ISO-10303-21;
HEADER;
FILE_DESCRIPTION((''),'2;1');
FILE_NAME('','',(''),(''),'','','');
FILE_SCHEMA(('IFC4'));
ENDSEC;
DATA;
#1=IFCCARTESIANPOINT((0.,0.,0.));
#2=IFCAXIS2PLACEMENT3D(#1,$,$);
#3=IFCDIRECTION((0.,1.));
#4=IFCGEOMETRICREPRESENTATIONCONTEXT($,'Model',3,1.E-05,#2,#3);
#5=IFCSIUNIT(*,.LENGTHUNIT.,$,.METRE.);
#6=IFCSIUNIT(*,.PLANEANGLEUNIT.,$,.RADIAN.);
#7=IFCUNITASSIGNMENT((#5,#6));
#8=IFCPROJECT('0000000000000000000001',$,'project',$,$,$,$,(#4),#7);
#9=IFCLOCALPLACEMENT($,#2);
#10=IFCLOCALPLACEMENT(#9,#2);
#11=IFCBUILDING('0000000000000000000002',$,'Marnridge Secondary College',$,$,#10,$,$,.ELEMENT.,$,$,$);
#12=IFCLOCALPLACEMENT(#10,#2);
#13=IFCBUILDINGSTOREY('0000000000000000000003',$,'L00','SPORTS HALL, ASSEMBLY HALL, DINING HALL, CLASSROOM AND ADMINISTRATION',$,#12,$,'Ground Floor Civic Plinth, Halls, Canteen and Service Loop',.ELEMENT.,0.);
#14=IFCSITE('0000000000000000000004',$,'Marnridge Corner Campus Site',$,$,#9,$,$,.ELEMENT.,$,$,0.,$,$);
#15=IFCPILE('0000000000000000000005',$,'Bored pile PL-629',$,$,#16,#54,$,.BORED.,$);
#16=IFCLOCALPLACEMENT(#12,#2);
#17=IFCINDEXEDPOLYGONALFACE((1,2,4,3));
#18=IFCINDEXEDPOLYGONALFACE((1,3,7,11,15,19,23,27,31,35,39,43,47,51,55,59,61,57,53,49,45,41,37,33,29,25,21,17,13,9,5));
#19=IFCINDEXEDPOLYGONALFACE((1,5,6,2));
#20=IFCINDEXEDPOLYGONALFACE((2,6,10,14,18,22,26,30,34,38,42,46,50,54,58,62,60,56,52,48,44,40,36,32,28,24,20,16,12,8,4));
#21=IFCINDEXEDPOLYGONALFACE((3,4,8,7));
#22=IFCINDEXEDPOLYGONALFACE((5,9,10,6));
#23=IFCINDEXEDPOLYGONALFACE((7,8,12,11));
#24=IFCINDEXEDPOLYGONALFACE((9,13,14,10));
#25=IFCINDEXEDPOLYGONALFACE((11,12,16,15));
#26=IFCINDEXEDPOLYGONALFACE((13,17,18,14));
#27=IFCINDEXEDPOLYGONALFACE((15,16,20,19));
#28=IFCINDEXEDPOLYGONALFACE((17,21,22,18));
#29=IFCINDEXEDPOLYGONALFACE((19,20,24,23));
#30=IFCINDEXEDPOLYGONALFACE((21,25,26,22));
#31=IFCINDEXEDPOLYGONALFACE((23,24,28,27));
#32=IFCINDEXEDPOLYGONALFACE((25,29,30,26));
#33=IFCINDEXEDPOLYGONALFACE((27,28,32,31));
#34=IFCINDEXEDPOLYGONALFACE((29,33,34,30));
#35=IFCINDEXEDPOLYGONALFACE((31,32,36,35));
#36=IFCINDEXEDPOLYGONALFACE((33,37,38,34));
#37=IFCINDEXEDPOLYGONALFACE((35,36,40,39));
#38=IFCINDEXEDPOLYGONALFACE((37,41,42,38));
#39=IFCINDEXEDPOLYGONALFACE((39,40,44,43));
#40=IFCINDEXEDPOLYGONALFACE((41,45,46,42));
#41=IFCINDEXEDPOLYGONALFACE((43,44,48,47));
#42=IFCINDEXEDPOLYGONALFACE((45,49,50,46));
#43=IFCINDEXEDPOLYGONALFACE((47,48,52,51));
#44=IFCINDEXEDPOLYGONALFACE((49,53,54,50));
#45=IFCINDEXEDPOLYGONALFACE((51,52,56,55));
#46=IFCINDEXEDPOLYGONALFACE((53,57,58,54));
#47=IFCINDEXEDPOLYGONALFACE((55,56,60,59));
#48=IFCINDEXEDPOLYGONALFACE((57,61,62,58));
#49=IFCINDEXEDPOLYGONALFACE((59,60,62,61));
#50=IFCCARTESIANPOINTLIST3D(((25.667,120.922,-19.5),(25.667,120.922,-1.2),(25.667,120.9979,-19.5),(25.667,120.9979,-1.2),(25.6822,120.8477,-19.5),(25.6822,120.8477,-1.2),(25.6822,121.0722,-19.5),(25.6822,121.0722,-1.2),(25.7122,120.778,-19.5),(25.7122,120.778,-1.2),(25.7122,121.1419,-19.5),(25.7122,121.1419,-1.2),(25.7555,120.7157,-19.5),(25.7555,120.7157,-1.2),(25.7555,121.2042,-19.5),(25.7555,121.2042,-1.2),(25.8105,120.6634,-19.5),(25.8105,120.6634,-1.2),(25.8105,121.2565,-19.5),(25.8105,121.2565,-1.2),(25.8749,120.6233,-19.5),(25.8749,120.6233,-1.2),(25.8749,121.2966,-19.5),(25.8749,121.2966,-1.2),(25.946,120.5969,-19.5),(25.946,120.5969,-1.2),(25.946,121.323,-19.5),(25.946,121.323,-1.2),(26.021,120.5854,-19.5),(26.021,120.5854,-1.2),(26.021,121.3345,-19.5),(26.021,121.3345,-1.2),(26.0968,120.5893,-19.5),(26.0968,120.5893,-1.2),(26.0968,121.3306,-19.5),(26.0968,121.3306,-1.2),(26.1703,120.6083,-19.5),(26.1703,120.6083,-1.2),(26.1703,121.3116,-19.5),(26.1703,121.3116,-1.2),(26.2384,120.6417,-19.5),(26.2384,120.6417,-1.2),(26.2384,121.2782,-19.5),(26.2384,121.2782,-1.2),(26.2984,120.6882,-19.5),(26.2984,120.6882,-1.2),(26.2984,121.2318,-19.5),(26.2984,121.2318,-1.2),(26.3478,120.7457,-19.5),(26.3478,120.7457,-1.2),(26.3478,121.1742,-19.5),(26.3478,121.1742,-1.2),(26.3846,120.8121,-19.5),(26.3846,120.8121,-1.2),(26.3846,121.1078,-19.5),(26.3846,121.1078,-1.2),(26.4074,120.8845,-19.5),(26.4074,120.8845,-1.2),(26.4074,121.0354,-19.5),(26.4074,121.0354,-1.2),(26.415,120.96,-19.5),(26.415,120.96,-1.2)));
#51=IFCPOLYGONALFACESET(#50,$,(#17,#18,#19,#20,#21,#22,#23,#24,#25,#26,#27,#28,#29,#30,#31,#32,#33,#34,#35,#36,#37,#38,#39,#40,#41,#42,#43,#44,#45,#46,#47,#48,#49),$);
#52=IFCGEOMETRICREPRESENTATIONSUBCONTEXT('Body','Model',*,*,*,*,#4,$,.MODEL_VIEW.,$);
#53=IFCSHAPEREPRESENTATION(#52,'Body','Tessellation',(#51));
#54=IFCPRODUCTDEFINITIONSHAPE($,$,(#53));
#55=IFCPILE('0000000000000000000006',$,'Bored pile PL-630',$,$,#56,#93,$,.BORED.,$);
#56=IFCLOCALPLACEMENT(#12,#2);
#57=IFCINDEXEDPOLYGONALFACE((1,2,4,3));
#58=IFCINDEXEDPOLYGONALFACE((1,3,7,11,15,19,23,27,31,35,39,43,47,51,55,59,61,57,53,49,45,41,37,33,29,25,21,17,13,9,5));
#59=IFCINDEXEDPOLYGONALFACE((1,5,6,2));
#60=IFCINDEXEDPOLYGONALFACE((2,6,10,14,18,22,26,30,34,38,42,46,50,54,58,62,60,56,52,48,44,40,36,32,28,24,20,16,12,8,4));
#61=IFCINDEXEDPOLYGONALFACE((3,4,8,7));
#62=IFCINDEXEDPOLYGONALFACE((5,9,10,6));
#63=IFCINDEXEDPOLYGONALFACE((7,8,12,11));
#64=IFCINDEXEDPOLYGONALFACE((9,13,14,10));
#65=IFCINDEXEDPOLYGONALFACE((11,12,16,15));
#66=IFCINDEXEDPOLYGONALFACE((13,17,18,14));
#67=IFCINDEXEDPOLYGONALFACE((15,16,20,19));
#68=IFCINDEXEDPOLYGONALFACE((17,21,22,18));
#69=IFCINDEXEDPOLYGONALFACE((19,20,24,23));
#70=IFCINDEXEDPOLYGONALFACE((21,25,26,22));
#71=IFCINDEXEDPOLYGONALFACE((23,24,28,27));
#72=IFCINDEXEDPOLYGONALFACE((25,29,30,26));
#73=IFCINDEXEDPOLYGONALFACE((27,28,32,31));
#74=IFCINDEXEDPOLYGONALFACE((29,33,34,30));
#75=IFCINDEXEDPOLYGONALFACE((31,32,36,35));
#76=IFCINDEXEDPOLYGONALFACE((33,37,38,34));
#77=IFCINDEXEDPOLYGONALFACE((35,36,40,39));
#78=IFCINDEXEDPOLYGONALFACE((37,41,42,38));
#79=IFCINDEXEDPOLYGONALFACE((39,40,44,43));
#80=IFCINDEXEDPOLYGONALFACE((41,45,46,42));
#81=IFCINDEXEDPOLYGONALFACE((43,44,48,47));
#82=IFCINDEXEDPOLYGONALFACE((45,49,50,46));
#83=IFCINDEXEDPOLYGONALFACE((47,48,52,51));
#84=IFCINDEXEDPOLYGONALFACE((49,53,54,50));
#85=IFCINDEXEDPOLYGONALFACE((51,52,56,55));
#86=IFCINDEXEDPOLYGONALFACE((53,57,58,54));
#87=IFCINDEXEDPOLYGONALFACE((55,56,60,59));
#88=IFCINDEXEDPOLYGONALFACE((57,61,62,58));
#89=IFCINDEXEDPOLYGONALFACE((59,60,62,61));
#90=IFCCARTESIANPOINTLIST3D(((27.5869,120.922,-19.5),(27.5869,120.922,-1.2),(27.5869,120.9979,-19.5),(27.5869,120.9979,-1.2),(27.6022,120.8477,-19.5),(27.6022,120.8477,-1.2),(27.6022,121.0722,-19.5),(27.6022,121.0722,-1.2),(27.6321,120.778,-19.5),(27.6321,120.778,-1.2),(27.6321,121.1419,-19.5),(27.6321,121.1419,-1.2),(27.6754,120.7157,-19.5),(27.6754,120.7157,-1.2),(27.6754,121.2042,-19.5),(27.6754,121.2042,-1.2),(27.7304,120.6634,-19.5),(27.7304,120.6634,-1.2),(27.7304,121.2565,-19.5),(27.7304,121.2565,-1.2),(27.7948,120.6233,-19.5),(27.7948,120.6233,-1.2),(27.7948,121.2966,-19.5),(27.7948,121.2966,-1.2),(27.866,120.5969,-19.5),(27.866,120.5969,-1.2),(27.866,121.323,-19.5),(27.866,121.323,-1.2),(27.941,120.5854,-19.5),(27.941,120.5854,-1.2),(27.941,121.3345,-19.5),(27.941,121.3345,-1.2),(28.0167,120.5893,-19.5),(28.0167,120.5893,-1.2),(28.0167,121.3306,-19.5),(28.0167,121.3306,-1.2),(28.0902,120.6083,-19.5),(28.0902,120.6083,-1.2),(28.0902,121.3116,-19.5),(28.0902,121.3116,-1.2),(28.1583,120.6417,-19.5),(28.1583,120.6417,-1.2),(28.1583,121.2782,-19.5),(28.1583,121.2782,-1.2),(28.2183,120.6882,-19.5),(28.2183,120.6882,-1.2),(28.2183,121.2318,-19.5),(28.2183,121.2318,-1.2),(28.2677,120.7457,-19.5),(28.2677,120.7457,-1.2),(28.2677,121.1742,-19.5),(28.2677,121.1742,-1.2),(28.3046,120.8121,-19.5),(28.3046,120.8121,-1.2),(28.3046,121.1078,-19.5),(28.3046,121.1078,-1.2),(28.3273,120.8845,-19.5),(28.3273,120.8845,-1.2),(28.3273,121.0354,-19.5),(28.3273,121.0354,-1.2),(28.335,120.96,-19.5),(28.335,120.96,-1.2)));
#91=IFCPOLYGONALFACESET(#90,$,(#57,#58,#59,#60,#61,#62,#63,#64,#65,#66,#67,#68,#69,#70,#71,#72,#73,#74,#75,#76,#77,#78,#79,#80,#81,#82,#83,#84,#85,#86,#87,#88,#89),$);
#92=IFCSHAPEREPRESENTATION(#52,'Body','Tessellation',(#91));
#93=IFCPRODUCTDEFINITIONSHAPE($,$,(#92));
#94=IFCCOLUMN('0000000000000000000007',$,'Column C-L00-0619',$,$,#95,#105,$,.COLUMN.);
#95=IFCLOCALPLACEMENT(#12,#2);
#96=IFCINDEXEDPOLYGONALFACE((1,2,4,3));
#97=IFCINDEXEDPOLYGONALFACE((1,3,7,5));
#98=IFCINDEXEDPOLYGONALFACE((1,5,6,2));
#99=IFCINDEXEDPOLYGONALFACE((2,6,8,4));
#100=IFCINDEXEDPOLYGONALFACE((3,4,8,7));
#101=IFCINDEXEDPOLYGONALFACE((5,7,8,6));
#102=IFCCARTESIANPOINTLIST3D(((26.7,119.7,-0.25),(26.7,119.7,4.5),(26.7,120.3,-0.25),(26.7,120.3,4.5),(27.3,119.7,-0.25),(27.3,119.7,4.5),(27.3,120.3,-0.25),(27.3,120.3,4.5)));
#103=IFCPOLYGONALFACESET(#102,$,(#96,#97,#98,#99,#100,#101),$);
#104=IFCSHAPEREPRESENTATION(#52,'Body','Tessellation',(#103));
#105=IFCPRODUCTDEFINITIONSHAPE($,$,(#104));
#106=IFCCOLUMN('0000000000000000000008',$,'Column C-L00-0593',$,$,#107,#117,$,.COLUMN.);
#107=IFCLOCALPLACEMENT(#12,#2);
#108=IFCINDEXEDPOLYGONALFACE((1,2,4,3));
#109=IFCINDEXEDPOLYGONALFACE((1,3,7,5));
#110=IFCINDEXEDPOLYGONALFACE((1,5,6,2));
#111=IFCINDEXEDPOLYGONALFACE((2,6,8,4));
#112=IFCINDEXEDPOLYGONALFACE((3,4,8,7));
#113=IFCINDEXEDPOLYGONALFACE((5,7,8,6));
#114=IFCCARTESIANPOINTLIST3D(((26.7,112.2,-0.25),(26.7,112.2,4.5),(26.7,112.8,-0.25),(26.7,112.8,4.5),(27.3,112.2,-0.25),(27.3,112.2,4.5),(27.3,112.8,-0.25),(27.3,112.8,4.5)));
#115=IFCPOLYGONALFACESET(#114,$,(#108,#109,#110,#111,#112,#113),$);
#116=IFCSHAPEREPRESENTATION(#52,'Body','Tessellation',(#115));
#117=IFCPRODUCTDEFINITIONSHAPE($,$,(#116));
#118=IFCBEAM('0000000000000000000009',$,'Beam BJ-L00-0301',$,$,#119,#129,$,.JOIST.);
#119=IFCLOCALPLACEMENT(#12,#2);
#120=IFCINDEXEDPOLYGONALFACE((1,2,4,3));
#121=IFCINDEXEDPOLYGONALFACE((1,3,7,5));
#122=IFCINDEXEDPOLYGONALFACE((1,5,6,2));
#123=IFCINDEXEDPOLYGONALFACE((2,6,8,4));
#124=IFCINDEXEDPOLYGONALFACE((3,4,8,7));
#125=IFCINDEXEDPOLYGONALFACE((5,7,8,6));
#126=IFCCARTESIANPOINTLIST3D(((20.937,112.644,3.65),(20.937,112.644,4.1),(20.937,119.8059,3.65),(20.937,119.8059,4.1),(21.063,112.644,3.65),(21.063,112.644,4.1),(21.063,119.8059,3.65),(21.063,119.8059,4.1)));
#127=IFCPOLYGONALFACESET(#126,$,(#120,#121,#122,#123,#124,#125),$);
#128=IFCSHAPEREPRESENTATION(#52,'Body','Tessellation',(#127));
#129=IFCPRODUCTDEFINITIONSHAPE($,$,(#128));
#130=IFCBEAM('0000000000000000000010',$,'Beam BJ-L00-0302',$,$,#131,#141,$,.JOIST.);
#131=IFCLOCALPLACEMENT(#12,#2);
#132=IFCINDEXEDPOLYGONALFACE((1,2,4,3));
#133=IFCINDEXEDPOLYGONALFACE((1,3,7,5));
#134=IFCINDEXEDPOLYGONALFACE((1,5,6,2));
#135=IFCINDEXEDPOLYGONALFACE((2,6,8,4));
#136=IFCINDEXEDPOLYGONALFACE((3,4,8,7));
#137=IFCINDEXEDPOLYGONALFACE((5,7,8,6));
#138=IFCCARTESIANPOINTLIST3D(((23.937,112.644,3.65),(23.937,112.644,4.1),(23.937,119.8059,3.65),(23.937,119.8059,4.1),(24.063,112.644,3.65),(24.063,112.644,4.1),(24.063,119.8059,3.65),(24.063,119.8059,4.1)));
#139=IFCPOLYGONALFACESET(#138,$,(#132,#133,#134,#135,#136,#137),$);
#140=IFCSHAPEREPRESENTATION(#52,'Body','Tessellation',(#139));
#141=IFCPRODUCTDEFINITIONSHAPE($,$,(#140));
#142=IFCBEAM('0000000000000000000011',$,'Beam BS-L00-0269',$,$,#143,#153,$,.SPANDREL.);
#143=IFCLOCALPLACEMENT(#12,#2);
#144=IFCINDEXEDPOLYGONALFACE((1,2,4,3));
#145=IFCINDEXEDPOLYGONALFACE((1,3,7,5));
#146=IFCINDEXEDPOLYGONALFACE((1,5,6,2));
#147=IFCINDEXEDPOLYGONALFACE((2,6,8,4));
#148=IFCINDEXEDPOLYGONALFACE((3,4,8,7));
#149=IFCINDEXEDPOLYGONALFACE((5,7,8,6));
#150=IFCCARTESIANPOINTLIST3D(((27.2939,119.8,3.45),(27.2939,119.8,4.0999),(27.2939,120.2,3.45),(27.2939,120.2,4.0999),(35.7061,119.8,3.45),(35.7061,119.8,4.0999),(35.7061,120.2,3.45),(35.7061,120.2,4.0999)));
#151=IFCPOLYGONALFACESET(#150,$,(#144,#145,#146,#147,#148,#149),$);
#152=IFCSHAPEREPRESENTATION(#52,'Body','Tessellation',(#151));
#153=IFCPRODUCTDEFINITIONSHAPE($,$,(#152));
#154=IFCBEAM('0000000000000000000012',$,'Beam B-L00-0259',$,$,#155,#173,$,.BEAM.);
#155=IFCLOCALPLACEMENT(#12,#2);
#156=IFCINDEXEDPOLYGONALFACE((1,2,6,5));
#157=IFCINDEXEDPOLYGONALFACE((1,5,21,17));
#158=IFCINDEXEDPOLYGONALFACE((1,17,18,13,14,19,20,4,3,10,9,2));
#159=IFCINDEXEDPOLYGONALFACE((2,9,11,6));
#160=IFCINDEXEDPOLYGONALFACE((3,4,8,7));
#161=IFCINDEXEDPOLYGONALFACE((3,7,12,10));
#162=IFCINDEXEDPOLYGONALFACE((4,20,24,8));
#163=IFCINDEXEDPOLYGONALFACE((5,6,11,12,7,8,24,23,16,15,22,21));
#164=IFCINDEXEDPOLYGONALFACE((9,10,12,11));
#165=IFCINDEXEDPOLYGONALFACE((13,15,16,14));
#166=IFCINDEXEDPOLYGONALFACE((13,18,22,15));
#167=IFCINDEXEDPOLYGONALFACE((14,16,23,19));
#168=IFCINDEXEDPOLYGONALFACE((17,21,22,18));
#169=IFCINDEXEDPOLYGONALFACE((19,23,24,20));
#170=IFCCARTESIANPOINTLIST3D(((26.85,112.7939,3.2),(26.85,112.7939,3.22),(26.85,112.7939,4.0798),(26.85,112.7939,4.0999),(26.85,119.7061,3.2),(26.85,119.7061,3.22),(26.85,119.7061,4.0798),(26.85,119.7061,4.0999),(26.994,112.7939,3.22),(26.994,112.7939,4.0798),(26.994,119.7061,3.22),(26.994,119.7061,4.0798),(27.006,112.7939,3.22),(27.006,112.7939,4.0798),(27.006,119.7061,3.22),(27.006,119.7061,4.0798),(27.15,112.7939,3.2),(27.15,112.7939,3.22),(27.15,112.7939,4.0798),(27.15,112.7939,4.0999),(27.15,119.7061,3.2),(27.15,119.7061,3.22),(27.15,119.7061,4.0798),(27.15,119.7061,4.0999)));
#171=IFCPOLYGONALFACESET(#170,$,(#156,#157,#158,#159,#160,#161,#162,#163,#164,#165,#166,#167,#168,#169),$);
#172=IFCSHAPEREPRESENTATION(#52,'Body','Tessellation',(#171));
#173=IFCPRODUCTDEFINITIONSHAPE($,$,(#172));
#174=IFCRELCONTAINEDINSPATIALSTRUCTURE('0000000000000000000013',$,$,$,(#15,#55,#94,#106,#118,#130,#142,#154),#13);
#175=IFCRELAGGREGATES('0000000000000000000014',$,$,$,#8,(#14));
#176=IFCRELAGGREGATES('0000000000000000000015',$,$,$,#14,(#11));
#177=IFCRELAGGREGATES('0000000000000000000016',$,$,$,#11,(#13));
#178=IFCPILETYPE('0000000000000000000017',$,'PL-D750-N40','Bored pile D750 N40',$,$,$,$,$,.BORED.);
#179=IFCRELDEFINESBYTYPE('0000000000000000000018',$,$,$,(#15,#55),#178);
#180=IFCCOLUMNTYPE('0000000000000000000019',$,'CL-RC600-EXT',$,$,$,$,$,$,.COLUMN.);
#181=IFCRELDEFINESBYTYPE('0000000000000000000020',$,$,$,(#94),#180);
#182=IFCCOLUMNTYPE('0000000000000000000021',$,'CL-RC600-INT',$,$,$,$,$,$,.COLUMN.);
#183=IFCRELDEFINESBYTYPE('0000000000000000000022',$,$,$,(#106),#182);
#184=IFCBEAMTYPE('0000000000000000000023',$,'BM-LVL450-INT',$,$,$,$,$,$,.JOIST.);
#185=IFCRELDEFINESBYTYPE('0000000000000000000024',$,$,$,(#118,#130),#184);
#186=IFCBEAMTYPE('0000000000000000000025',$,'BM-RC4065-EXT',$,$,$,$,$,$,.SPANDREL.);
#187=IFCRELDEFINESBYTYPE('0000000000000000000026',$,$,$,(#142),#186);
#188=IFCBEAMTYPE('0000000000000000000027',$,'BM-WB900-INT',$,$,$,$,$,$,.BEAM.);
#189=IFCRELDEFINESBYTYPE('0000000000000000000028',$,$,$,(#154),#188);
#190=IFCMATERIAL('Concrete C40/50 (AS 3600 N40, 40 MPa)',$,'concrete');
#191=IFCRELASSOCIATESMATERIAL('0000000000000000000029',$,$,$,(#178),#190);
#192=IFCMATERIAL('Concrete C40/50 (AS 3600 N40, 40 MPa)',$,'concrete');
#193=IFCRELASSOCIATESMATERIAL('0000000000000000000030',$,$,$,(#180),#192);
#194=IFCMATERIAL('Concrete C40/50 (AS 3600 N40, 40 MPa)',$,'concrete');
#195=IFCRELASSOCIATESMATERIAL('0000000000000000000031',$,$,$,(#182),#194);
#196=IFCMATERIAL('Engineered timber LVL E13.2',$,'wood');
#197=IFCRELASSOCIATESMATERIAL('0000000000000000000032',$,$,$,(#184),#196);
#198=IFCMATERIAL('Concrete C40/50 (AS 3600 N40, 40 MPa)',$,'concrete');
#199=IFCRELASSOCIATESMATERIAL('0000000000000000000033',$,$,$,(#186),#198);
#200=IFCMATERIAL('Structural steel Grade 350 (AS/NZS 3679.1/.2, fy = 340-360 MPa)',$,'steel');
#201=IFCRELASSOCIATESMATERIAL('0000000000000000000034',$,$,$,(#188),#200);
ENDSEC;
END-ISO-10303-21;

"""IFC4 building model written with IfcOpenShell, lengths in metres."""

from ifc_helpers import new_model, si_unit, direction, frame, origin, origin_2d, place, context, subcontext, project, spatial, rectangle, circle, i_section, extrude, material, material_profile, profile_set, type_object, element, save


model = new_model("IFC4")

# Units and contexts
model_context = context("Model", 3, precision=1e-05, world=origin(), true_north=direction((0.0, 1.0)))
body_context = subcontext(model_context, "Body", "Model", "MODEL_VIEW")
ifc_project = project(units=[si_unit("LENGTHUNIT", "METRE"), si_unit("PLANEANGLEUNIT", "RADIAN")], contexts=[model_context])

# Site, building, storey
site_placement = place(None, origin())
site = spatial("IfcSite", under=ifc_project, at=site_placement, Name="Marnridge Corner Campus Site", CompositionType="ELEMENT", RefElevation=0.0)
building_placement = place(site_placement, origin())
building = spatial("IfcBuilding", under=site, at=building_placement, Name="Marnridge Secondary College", CompositionType="ELEMENT")
storey_placement = place(building_placement, origin())
storey = spatial("IfcBuildingStorey", under=building, at=storey_placement, Name="L00", Description="SPORTS HALL, ASSEMBLY HALL, DINING HALL, CLASSROOM AND ADMINISTRATION", LongName="Ground Floor Civic Plinth, Halls, Canteen and Service Loop", CompositionType="ELEMENT", Elevation=0.0)

# Piles
ifc_material_1 = material(Name="Concrete C40/50 (AS 3600 N40, 40 MPa)", Category="concrete")
ifc_material_profile_1 = material_profile(ifc_material_1, circle(Radius=0.375, at=origin_2d()), Name="PILE D750")
ifc_profile_set_1 = profile_set([ifc_material_profile_1], Name="Concrete C40/50 (AS 3600 N40, 40 MPa)")
pile_type = type_object("IfcPileType", Name="PL-D750-N40", Description="Bored pile D750 N40", PredefinedType="BORED", material=ifc_profile_set_1)
for number, where, z_axis, x_axis, name in (
    (1, (26.04, 120.96, -1.2), (0.0, 0.0, -1.0), (1.0, 0.0, 0.0), "Bored pile PL-629"),
    (2, (27.96, 120.96, -1.2), (0.0, 0.0, -1.0), (1.0, 0.0, 0.0), "Bored pile PL-630"),
):
    element("IfcPile", number, at=place(storey_placement, frame(where, z_axis=z_axis, x_axis=x_axis)), inside=storey, type_object=pile_type, Name=name, PredefinedType="BORED", context=body_context, shape_type="SweptSolid", body=[
        extrude(circle(Radius=0.375, at=origin_2d()), origin(), (0.0, 0.0, 1.0), 18.3),
    ])

# Columns
ifc_material_2 = material(Name="Concrete C40/50 (AS 3600 N40, 40 MPa)", Category="concrete")
ifc_material_profile_2 = material_profile(ifc_material_2, rectangle(XDim=0.6001, YDim=0.6001, at=origin_2d()), Name="RC 600x600")
ifc_profile_set_2 = profile_set([ifc_material_profile_2], Name="Concrete C40/50 (AS 3600 N40, 40 MPa)")
column_type_1 = type_object("IfcColumnType", Name="CL-RC600-EXT", PredefinedType="COLUMN", material=ifc_profile_set_2)
column_1_placement = place(storey_placement, frame((27.0, 120.0, -0.25), z_axis=(0.0, 0.0, 1.0), x_axis=(1.0, 0.0, 0.0)))
element("IfcColumn", 3, at=column_1_placement, inside=storey, type_object=column_type_1, Name="Column C-L00-0619", PredefinedType="COLUMN", context=body_context, shape_type="SweptSolid", body=[
    extrude(rectangle(XDim=0.6001, YDim=0.6001, at=origin_2d()), origin(), (0.0, 0.0, 1.0), 4.75),
])
ifc_material_3 = material(Name="Concrete C40/50 (AS 3600 N40, 40 MPa)", Category="concrete")
ifc_material_profile_3 = material_profile(ifc_material_3, rectangle(XDim=0.6001, YDim=0.6001, at=origin_2d()), Name="RC 600x600")
ifc_profile_set_3 = profile_set([ifc_material_profile_3], Name="Concrete C40/50 (AS 3600 N40, 40 MPa)")
column_type_2 = type_object("IfcColumnType", Name="CL-RC600-INT", PredefinedType="COLUMN", material=ifc_profile_set_3)
column_2_placement = place(storey_placement, frame((27.0, 112.5, -0.25), z_axis=(0.0, 0.0, 1.0), x_axis=(1.0, 0.0, 0.0)))
element("IfcColumn", 4, at=column_2_placement, inside=storey, type_object=column_type_2, Name="Column C-L00-0593", PredefinedType="COLUMN", context=body_context, shape_type="SweptSolid", body=[
    extrude(rectangle(XDim=0.6001, YDim=0.6001, at=origin_2d()), origin(), (0.0, 0.0, 1.0), 4.75),
])

# Beams
ifc_material_4 = material(Name="Engineered timber LVL E13.2", Category="wood")
ifc_material_profile_4 = material_profile(ifc_material_4, rectangle(XDim=0.126, YDim=0.45, at=origin_2d()), Name="LVL 126x450")
ifc_profile_set_4 = profile_set([ifc_material_profile_4], Name="Engineered timber LVL E13.2")
beam_type_1 = type_object("IfcBeamType", Name="BM-LVL450-INT", PredefinedType="JOIST", material=ifc_profile_set_4)
for number, where, z_axis, x_axis, name in (
    (5, (21.0, 112.644, 3.875), (0.0, 1.0, 0.0), (-1.0, 0.0, 0.0), "Beam BJ-L00-0301"),
    (6, (24.0, 112.644, 3.875), (0.0, 1.0, 0.0), (-1.0, 0.0, 0.0), "Beam BJ-L00-0302"),
):
    element("IfcBeam", number, at=place(storey_placement, frame(where, z_axis=z_axis, x_axis=x_axis)), inside=storey, type_object=beam_type_1, Name=name, PredefinedType="JOIST", context=body_context, shape_type="SweptSolid", body=[
        extrude(rectangle(XDim=0.126, YDim=0.45, at=origin_2d()), origin(), (0.0, 0.0, 1.0), 7.1619),
    ])
ifc_material_5 = material(Name="Concrete C40/50 (AS 3600 N40, 40 MPa)", Category="concrete")
ifc_material_profile_5 = material_profile(ifc_material_5, rectangle(XDim=0.3999, YDim=0.6499, at=origin_2d()), Name="RC 400x650")
ifc_profile_set_5 = profile_set([ifc_material_profile_5], Name="Concrete C40/50 (AS 3600 N40, 40 MPa)")
beam_type_2 = type_object("IfcBeamType", Name="BM-RC4065-EXT", PredefinedType="SPANDREL", material=ifc_profile_set_5)
beam_1_placement = place(storey_placement, frame((27.2939, 120.0, 3.7749), z_axis=(1.0, 0.0, 0.0), x_axis=(0.0, 1.0, 0.0)))
element("IfcBeam", 7, at=beam_1_placement, inside=storey, type_object=beam_type_2, Name="Beam BS-L00-0269", PredefinedType="SPANDREL", context=body_context, shape_type="SweptSolid", body=[
    extrude(rectangle(XDim=0.3999, YDim=0.6499, at=origin_2d()), origin(), (0.0, 0.0, 1.0), 8.4121),
])
ifc_material_6 = material(Name="Structural steel Grade 350 (AS/NZS 3679.1/.2, fy = 340-360 MPa)", Category="steel")
ifc_material_profile_6 = material_profile(ifc_material_6, i_section(OverallWidth=0.3, OverallDepth=0.8999, WebThickness=0.012, FlangeThickness=0.02, at=origin_2d()), Name="900WB175")
ifc_profile_set_6 = profile_set([ifc_material_profile_6], Name="Structural steel Grade 350 (AS/NZS 3679.1/.2, fy = 340-360 MPa)")
beam_type_3 = type_object("IfcBeamType", Name="BM-WB900-INT", PredefinedType="BEAM", material=ifc_profile_set_6)
beam_2_placement = place(storey_placement, frame((27.0, 112.7939, 3.6499), z_axis=(0.0, 1.0, 0.0), x_axis=(-1.0, 0.0, 0.0)))
element("IfcBeam", 8, at=beam_2_placement, inside=storey, type_object=beam_type_3, Name="Beam B-L00-0259", PredefinedType="BEAM", context=body_context, shape_type="SweptSolid", body=[
    extrude(i_section(OverallWidth=0.3, OverallDepth=0.8999, WebThickness=0.012, FlangeThickness=0.02, at=origin_2d()), origin(), (0.0, 0.0, 1.0), 6.9121),
])

save(model, "model.ifc")
